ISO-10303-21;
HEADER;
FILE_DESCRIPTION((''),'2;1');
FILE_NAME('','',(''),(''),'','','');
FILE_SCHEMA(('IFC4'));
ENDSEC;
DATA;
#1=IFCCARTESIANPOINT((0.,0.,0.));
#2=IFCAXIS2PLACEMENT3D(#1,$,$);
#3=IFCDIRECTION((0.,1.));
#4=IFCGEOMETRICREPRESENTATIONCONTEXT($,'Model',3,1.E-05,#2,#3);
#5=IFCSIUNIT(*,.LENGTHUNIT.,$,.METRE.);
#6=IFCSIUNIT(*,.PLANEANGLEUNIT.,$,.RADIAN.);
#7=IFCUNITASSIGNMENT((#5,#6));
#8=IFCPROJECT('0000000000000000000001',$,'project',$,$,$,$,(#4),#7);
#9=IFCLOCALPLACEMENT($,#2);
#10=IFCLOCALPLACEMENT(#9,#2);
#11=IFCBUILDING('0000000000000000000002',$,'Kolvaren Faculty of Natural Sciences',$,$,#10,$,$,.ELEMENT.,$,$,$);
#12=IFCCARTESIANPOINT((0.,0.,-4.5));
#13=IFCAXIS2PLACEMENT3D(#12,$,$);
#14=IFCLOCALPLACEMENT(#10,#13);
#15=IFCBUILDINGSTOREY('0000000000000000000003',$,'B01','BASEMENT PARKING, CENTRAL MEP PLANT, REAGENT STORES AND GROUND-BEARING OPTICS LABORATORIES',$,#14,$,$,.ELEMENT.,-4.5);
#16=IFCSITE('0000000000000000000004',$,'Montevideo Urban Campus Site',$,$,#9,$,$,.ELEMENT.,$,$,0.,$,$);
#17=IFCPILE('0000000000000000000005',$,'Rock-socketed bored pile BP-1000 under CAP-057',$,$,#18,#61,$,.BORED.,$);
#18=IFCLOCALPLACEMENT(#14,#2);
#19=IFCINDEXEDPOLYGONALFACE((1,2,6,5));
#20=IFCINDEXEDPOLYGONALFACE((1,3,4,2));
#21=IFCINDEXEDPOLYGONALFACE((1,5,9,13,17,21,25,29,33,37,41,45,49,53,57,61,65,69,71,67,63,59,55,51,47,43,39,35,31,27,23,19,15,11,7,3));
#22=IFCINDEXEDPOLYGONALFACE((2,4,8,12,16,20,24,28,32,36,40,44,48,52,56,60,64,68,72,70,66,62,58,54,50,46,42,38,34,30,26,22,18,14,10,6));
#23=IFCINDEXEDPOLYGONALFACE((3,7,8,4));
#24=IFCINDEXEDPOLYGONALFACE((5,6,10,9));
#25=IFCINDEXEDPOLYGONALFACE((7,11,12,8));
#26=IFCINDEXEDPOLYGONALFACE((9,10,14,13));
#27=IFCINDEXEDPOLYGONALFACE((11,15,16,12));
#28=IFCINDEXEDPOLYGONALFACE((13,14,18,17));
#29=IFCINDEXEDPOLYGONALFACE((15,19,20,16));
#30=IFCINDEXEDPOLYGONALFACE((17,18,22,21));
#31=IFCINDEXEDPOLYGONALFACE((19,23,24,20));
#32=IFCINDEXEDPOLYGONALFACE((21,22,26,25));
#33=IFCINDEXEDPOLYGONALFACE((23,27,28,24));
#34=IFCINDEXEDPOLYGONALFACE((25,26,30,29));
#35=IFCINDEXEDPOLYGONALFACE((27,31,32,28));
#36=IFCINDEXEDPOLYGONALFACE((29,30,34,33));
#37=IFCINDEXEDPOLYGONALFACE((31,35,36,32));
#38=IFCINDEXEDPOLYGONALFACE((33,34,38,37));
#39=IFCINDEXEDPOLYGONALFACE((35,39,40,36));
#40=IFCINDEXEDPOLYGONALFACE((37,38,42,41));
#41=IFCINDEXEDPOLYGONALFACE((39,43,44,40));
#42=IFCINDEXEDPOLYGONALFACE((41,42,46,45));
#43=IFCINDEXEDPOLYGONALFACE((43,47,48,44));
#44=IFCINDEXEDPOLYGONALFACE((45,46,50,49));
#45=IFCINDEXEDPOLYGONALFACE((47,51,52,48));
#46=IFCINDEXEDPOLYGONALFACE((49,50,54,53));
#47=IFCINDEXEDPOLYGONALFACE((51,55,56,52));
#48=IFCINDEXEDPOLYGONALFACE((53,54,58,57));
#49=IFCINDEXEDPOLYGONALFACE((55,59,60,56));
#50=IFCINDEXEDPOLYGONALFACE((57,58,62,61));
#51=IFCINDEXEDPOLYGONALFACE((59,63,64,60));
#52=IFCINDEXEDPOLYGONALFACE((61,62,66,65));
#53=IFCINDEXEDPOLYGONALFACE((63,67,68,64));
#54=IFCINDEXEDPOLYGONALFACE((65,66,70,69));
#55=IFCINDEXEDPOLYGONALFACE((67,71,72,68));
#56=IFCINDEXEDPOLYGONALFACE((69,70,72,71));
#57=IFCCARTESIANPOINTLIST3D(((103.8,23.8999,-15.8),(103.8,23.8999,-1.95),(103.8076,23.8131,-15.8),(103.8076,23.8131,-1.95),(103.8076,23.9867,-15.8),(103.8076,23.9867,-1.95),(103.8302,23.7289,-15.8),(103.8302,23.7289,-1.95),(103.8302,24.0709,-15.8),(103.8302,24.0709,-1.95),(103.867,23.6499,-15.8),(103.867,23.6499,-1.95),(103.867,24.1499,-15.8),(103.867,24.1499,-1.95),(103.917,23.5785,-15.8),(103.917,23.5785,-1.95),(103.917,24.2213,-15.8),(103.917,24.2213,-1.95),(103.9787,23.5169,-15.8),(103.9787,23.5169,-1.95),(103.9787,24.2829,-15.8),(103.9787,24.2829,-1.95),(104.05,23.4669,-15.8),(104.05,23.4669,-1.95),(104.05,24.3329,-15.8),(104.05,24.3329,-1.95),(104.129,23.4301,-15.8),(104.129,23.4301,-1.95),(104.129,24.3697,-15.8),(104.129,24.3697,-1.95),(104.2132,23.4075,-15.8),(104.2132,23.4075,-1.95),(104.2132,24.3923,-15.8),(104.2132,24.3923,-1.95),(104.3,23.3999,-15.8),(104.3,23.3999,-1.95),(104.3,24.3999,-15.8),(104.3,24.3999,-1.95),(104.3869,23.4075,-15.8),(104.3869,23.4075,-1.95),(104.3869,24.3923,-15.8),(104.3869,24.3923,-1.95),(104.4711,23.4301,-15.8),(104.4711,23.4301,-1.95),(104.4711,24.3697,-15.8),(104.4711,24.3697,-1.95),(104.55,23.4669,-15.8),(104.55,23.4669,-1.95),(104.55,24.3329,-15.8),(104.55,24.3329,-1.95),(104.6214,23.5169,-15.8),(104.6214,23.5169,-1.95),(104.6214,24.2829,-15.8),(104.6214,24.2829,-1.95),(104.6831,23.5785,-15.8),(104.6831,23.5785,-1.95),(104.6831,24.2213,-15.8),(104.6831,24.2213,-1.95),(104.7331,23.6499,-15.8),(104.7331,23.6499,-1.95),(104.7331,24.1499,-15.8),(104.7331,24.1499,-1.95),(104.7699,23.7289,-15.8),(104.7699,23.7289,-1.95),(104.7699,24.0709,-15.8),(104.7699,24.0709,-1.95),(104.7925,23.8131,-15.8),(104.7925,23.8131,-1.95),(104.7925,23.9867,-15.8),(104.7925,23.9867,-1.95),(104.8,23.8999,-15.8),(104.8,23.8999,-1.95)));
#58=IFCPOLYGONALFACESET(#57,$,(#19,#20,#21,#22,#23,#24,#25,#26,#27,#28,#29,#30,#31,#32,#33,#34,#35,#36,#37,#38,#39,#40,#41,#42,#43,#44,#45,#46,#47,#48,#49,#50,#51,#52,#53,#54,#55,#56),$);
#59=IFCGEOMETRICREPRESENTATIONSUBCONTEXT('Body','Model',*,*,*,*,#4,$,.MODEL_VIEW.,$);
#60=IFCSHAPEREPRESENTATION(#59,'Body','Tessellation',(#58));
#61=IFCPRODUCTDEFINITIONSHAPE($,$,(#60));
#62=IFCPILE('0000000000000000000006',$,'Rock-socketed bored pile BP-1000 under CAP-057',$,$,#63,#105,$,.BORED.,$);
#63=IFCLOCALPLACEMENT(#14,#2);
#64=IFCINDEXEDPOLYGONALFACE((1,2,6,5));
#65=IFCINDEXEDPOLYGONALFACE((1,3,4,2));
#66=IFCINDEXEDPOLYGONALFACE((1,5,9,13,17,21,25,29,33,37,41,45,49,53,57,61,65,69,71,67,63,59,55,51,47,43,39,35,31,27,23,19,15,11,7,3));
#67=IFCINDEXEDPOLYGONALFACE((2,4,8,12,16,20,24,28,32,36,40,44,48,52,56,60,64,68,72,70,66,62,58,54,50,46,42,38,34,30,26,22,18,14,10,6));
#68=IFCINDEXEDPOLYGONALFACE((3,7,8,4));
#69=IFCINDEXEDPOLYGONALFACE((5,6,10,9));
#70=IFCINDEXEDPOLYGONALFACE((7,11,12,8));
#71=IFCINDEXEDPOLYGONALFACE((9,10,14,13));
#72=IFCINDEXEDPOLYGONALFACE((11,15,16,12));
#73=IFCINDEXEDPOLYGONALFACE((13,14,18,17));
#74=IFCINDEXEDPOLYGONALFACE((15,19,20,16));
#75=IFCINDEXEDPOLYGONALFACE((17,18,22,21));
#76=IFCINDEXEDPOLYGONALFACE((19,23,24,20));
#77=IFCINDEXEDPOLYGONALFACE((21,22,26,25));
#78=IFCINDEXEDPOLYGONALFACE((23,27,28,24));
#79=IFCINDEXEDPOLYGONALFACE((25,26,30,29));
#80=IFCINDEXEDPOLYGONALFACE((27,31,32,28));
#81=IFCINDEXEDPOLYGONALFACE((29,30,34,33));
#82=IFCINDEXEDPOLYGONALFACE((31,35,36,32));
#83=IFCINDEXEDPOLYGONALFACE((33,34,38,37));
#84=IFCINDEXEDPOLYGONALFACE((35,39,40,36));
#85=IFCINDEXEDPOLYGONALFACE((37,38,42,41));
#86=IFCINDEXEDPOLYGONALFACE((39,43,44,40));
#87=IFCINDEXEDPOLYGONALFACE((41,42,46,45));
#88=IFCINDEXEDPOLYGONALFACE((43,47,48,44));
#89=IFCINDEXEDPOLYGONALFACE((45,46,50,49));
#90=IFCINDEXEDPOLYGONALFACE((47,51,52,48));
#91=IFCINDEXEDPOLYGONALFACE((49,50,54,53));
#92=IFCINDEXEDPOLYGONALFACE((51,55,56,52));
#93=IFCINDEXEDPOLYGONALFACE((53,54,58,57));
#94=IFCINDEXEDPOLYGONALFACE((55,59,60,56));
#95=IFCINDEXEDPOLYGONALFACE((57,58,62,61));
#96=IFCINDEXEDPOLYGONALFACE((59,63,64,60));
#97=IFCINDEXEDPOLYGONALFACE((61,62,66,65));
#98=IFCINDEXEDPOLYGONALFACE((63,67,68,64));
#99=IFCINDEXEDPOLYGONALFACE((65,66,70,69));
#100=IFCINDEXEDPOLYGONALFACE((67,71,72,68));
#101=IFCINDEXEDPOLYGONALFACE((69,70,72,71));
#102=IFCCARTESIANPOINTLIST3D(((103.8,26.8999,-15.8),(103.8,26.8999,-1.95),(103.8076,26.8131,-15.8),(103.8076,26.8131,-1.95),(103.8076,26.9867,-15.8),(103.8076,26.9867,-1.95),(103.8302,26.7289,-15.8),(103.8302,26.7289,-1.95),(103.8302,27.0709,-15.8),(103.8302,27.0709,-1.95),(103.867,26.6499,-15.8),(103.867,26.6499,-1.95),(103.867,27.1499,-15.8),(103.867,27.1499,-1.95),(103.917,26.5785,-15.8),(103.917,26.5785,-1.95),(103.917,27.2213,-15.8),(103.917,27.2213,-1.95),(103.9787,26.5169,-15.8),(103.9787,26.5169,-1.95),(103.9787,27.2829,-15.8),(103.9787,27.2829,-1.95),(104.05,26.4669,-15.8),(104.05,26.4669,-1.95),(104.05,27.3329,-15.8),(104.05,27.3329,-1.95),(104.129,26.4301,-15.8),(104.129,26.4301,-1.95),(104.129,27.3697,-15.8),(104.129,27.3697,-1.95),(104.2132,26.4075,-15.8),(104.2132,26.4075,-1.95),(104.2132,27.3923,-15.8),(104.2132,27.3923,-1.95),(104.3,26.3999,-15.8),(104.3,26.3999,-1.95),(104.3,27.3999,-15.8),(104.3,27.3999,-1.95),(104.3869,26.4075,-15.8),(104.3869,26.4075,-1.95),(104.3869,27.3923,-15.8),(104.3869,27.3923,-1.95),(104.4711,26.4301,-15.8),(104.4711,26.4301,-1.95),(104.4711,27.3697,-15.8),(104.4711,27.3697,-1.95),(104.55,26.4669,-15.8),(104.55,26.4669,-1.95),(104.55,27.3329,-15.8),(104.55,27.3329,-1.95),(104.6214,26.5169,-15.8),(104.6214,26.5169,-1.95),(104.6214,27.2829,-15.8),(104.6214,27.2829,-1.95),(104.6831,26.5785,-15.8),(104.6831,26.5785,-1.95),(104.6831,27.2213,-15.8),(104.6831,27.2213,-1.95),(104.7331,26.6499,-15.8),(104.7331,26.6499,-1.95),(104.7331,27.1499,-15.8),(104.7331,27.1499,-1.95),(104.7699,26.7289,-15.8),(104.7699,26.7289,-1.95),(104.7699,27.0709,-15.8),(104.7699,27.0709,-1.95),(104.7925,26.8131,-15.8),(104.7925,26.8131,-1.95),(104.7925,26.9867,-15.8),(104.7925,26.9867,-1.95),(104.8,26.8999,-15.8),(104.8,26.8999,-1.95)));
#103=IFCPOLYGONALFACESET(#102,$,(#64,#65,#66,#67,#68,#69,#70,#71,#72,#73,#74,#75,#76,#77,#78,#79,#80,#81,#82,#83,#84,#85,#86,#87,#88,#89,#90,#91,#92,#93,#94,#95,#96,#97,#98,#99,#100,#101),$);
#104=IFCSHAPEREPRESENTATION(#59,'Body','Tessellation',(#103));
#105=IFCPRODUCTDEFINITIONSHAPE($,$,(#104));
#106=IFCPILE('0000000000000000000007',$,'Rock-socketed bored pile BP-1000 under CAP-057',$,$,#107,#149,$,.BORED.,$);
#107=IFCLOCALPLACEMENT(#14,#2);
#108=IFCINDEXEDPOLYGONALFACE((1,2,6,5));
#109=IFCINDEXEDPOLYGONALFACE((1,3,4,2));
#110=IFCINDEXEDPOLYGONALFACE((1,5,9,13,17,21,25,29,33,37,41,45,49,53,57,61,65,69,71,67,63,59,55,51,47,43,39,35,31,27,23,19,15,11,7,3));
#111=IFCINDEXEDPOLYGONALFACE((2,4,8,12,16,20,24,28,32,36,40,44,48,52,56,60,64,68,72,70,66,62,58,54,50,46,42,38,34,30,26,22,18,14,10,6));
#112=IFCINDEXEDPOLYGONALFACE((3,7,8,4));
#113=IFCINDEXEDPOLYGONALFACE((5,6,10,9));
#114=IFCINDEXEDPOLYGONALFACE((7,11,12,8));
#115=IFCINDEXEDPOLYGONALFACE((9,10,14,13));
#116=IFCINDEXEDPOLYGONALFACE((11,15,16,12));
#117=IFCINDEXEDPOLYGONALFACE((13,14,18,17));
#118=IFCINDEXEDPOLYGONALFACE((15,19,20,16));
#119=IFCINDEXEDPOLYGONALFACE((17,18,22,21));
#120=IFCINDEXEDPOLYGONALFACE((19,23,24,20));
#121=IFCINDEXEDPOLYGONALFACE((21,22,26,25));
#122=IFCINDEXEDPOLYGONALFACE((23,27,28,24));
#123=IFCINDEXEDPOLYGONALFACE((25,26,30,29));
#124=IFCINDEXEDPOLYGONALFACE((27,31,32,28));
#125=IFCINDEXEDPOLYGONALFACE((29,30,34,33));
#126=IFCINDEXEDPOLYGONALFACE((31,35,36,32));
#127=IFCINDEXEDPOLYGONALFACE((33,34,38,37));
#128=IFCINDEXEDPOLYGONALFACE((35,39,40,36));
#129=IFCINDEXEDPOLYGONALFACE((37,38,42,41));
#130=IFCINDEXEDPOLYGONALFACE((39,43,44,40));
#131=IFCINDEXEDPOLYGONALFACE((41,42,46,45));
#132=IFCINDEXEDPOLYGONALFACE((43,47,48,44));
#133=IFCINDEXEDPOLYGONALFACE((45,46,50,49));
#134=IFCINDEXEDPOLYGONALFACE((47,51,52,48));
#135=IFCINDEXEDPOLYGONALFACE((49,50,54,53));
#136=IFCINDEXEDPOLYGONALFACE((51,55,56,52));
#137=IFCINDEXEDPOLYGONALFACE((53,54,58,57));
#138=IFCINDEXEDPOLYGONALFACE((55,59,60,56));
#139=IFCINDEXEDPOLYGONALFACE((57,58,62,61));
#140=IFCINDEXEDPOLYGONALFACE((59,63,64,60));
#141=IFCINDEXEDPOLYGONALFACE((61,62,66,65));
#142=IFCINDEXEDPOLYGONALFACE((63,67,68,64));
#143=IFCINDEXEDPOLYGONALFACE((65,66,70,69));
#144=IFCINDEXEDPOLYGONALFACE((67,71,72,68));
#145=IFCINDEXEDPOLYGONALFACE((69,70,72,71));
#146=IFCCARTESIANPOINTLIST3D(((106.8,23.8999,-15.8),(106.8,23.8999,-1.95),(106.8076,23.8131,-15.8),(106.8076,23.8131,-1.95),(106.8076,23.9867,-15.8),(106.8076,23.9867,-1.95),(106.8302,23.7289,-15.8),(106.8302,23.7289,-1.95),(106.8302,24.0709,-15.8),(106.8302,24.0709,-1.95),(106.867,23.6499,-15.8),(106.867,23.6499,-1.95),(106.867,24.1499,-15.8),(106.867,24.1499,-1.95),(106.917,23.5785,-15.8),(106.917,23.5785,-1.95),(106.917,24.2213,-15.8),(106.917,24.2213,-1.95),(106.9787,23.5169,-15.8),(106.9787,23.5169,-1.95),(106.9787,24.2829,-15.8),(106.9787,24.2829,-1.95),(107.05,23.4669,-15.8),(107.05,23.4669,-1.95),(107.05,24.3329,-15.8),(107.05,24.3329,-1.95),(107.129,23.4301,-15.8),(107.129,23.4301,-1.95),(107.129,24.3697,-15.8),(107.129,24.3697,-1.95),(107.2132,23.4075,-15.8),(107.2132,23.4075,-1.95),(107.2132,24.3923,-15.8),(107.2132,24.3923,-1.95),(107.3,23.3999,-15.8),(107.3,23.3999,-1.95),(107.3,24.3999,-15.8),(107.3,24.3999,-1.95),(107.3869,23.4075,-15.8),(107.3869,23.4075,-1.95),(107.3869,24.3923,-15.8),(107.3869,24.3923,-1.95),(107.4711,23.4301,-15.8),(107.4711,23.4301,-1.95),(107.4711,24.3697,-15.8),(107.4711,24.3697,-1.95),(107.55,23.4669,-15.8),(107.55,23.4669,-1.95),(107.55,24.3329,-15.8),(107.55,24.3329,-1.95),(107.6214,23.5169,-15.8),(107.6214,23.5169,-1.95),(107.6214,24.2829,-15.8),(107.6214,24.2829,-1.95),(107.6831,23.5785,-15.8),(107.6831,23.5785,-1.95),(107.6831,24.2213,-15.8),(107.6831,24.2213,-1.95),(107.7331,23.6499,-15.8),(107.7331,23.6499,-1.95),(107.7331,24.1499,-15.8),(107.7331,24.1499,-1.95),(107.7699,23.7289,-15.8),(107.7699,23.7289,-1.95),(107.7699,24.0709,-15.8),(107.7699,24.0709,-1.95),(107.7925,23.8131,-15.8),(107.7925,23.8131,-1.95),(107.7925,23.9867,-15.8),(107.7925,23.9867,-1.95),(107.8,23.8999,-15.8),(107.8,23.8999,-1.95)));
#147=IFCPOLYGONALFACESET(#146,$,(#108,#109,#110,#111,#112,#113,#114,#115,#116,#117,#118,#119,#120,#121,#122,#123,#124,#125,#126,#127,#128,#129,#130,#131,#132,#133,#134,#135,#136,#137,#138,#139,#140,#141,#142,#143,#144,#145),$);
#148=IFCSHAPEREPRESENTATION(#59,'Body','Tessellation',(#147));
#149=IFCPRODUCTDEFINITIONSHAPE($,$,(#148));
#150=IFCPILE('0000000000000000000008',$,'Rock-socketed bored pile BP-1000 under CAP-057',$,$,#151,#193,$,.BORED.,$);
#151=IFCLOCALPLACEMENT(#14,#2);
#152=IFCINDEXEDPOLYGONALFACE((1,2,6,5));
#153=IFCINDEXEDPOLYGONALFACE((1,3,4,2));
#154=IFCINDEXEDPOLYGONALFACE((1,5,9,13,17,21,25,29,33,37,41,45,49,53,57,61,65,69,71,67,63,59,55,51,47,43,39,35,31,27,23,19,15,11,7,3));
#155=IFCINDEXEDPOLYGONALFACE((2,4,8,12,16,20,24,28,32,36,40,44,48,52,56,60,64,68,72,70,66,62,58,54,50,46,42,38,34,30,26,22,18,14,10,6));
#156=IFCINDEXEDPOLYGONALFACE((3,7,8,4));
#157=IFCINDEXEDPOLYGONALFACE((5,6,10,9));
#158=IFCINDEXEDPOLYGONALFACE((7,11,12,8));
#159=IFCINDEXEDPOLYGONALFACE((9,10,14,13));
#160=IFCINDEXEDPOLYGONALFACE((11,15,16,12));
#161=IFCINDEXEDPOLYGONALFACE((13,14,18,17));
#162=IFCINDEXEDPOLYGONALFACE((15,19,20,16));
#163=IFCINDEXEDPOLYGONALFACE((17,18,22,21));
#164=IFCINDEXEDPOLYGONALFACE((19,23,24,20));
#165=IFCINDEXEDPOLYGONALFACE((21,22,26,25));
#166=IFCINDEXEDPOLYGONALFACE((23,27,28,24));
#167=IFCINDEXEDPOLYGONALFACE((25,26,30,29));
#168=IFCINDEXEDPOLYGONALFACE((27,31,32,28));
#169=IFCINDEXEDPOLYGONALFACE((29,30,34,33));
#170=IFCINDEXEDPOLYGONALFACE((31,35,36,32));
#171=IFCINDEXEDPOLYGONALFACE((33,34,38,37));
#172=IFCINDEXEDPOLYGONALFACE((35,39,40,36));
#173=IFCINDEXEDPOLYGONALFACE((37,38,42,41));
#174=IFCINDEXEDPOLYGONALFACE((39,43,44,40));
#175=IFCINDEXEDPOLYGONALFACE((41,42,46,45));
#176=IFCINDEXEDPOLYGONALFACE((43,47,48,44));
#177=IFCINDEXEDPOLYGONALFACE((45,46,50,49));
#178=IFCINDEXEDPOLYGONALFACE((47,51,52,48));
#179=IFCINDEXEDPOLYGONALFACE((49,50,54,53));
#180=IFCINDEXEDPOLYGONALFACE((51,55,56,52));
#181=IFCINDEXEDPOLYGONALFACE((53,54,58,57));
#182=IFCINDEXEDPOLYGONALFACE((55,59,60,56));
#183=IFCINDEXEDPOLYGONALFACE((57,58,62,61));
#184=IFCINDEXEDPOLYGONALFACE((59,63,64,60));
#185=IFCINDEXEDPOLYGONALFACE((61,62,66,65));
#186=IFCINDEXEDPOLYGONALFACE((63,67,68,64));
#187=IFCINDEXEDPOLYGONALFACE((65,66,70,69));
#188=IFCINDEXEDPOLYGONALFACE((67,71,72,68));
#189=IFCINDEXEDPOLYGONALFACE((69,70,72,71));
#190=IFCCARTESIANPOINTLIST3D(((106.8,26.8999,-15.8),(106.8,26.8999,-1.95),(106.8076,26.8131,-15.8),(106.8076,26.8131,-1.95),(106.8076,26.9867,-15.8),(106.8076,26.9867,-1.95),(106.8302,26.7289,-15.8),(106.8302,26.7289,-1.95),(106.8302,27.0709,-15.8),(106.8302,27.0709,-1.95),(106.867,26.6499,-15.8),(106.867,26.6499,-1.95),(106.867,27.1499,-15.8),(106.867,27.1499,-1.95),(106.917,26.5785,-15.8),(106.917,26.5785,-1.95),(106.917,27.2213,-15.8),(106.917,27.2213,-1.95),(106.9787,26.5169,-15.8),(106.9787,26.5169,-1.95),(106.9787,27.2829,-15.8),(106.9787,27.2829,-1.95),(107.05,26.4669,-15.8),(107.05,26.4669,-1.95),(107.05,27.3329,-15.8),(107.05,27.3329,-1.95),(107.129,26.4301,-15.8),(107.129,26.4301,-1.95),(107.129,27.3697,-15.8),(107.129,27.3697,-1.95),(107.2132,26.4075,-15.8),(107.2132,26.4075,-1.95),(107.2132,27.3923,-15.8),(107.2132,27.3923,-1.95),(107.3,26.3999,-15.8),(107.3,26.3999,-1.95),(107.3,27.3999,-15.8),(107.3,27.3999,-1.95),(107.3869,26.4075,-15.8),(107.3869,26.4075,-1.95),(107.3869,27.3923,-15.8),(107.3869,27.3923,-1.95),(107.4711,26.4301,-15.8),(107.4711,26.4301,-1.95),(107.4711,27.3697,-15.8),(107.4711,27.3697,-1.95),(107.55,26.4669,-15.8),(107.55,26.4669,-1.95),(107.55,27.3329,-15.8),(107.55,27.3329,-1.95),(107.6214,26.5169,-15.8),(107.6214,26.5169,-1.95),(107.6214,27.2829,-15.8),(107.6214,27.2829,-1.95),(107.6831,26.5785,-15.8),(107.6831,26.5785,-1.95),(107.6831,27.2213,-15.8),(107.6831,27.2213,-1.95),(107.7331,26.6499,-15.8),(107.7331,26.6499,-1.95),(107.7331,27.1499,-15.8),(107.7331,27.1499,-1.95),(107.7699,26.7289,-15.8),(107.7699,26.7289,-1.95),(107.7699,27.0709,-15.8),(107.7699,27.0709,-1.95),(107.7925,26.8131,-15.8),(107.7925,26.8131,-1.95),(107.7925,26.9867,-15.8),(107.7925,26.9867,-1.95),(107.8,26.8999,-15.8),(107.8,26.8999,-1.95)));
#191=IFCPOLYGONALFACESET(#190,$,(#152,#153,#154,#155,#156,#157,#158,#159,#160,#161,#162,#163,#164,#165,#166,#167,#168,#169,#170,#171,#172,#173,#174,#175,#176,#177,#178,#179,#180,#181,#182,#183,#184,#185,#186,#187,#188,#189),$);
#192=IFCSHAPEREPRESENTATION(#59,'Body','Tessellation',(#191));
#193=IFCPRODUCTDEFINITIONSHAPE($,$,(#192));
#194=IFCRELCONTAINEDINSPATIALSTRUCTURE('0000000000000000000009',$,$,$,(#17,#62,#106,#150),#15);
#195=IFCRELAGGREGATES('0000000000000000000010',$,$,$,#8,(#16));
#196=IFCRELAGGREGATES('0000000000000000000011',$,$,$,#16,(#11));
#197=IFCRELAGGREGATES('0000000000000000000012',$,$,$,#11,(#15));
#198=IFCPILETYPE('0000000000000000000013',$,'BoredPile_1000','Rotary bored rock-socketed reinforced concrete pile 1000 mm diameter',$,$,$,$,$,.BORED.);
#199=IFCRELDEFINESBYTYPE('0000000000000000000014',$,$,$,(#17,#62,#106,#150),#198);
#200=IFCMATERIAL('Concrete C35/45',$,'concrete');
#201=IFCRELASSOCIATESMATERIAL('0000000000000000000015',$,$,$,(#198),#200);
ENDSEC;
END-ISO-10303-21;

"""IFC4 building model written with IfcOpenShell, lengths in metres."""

from ifc_helpers import new_model, si_unit, direction, frame, origin, origin_2d, place, context, subcontext, project, spatial, circle, extrude, material, material_profile, profile_set, type_object, element, save


model = new_model("IFC4")

# Units and contexts
model_context = context("Model", 3, precision=1e-05, world=origin(), true_north=direction((0.0, 1.0)))
body_context = subcontext(model_context, "Body", "Model", "MODEL_VIEW")
ifc_project = project(units=[si_unit("LENGTHUNIT", "METRE"), si_unit("PLANEANGLEUNIT", "RADIAN")], contexts=[model_context])

# Site, building, storey
site_placement = place(None, origin())
site = spatial("IfcSite", under=ifc_project, at=site_placement, Name="Montevideo Urban Campus Site", CompositionType="ELEMENT", RefElevation=0.0)
building_placement = place(site_placement, origin())
building = spatial("IfcBuilding", under=site, at=building_placement, Name="Kolvaren Faculty of Natural Sciences", CompositionType="ELEMENT")
storey_placement = place(building_placement, frame((0.0, 0.0, -4.5)))
storey = spatial("IfcBuildingStorey", under=building, at=storey_placement, Name="B01", Description="BASEMENT PARKING, CENTRAL MEP PLANT, REAGENT STORES AND GROUND-BEARING OPTICS LABORATORIES", CompositionType="ELEMENT", Elevation=-4.5)

# Piles
ifc_material_1 = material(Name="Concrete C35/45", Category="concrete")
ifc_material_profile_1 = material_profile(ifc_material_1, circle(Radius=0.5, at=origin_2d()), Name="PILE D1000")
ifc_profile_set_1 = profile_set([ifc_material_profile_1], Name="Concrete C35/45")
pile_type_1 = type_object("IfcPileType", Name="BoredPile_1000", Description="Rotary bored rock-socketed reinforced concrete pile 1000 mm diameter", PredefinedType="BORED", material=ifc_profile_set_1)
for number, where, z_axis, x_axis, name in (
    (1, (104.3, 23.8999, -1.95), (0.0, 0.0, -1.0), (1.0, 0.0, 0.0), "Rock-socketed bored pile BP-1000 under CAP-057"),
    (2, (104.3, 26.8999, -1.95), (0.0, 0.0, -1.0), (1.0, 0.0, 0.0), "Rock-socketed bored pile BP-1000 under CAP-057"),
    (3, (107.3, 23.8999, -1.95), (0.0, 0.0, -1.0), (1.0, 0.0, 0.0), "Rock-socketed bored pile BP-1000 under CAP-057"),
    (4, (107.3, 26.8999, -1.95), (0.0, 0.0, -1.0), (1.0, 0.0, 0.0), "Rock-socketed bored pile BP-1000 under CAP-057"),
):
    element("IfcPile", number, at=place(storey_placement, frame(where, z_axis=z_axis, x_axis=x_axis)), inside=storey, type_object=pile_type_1, Name=name, PredefinedType="BORED", context=body_context, shape_type="SweptSolid", body=[
        extrude(circle(Radius=0.5, at=origin_2d()), origin(), (0.0, 0.0, 1.0), 13.8501),
    ])

save(model, "model.ifc")
